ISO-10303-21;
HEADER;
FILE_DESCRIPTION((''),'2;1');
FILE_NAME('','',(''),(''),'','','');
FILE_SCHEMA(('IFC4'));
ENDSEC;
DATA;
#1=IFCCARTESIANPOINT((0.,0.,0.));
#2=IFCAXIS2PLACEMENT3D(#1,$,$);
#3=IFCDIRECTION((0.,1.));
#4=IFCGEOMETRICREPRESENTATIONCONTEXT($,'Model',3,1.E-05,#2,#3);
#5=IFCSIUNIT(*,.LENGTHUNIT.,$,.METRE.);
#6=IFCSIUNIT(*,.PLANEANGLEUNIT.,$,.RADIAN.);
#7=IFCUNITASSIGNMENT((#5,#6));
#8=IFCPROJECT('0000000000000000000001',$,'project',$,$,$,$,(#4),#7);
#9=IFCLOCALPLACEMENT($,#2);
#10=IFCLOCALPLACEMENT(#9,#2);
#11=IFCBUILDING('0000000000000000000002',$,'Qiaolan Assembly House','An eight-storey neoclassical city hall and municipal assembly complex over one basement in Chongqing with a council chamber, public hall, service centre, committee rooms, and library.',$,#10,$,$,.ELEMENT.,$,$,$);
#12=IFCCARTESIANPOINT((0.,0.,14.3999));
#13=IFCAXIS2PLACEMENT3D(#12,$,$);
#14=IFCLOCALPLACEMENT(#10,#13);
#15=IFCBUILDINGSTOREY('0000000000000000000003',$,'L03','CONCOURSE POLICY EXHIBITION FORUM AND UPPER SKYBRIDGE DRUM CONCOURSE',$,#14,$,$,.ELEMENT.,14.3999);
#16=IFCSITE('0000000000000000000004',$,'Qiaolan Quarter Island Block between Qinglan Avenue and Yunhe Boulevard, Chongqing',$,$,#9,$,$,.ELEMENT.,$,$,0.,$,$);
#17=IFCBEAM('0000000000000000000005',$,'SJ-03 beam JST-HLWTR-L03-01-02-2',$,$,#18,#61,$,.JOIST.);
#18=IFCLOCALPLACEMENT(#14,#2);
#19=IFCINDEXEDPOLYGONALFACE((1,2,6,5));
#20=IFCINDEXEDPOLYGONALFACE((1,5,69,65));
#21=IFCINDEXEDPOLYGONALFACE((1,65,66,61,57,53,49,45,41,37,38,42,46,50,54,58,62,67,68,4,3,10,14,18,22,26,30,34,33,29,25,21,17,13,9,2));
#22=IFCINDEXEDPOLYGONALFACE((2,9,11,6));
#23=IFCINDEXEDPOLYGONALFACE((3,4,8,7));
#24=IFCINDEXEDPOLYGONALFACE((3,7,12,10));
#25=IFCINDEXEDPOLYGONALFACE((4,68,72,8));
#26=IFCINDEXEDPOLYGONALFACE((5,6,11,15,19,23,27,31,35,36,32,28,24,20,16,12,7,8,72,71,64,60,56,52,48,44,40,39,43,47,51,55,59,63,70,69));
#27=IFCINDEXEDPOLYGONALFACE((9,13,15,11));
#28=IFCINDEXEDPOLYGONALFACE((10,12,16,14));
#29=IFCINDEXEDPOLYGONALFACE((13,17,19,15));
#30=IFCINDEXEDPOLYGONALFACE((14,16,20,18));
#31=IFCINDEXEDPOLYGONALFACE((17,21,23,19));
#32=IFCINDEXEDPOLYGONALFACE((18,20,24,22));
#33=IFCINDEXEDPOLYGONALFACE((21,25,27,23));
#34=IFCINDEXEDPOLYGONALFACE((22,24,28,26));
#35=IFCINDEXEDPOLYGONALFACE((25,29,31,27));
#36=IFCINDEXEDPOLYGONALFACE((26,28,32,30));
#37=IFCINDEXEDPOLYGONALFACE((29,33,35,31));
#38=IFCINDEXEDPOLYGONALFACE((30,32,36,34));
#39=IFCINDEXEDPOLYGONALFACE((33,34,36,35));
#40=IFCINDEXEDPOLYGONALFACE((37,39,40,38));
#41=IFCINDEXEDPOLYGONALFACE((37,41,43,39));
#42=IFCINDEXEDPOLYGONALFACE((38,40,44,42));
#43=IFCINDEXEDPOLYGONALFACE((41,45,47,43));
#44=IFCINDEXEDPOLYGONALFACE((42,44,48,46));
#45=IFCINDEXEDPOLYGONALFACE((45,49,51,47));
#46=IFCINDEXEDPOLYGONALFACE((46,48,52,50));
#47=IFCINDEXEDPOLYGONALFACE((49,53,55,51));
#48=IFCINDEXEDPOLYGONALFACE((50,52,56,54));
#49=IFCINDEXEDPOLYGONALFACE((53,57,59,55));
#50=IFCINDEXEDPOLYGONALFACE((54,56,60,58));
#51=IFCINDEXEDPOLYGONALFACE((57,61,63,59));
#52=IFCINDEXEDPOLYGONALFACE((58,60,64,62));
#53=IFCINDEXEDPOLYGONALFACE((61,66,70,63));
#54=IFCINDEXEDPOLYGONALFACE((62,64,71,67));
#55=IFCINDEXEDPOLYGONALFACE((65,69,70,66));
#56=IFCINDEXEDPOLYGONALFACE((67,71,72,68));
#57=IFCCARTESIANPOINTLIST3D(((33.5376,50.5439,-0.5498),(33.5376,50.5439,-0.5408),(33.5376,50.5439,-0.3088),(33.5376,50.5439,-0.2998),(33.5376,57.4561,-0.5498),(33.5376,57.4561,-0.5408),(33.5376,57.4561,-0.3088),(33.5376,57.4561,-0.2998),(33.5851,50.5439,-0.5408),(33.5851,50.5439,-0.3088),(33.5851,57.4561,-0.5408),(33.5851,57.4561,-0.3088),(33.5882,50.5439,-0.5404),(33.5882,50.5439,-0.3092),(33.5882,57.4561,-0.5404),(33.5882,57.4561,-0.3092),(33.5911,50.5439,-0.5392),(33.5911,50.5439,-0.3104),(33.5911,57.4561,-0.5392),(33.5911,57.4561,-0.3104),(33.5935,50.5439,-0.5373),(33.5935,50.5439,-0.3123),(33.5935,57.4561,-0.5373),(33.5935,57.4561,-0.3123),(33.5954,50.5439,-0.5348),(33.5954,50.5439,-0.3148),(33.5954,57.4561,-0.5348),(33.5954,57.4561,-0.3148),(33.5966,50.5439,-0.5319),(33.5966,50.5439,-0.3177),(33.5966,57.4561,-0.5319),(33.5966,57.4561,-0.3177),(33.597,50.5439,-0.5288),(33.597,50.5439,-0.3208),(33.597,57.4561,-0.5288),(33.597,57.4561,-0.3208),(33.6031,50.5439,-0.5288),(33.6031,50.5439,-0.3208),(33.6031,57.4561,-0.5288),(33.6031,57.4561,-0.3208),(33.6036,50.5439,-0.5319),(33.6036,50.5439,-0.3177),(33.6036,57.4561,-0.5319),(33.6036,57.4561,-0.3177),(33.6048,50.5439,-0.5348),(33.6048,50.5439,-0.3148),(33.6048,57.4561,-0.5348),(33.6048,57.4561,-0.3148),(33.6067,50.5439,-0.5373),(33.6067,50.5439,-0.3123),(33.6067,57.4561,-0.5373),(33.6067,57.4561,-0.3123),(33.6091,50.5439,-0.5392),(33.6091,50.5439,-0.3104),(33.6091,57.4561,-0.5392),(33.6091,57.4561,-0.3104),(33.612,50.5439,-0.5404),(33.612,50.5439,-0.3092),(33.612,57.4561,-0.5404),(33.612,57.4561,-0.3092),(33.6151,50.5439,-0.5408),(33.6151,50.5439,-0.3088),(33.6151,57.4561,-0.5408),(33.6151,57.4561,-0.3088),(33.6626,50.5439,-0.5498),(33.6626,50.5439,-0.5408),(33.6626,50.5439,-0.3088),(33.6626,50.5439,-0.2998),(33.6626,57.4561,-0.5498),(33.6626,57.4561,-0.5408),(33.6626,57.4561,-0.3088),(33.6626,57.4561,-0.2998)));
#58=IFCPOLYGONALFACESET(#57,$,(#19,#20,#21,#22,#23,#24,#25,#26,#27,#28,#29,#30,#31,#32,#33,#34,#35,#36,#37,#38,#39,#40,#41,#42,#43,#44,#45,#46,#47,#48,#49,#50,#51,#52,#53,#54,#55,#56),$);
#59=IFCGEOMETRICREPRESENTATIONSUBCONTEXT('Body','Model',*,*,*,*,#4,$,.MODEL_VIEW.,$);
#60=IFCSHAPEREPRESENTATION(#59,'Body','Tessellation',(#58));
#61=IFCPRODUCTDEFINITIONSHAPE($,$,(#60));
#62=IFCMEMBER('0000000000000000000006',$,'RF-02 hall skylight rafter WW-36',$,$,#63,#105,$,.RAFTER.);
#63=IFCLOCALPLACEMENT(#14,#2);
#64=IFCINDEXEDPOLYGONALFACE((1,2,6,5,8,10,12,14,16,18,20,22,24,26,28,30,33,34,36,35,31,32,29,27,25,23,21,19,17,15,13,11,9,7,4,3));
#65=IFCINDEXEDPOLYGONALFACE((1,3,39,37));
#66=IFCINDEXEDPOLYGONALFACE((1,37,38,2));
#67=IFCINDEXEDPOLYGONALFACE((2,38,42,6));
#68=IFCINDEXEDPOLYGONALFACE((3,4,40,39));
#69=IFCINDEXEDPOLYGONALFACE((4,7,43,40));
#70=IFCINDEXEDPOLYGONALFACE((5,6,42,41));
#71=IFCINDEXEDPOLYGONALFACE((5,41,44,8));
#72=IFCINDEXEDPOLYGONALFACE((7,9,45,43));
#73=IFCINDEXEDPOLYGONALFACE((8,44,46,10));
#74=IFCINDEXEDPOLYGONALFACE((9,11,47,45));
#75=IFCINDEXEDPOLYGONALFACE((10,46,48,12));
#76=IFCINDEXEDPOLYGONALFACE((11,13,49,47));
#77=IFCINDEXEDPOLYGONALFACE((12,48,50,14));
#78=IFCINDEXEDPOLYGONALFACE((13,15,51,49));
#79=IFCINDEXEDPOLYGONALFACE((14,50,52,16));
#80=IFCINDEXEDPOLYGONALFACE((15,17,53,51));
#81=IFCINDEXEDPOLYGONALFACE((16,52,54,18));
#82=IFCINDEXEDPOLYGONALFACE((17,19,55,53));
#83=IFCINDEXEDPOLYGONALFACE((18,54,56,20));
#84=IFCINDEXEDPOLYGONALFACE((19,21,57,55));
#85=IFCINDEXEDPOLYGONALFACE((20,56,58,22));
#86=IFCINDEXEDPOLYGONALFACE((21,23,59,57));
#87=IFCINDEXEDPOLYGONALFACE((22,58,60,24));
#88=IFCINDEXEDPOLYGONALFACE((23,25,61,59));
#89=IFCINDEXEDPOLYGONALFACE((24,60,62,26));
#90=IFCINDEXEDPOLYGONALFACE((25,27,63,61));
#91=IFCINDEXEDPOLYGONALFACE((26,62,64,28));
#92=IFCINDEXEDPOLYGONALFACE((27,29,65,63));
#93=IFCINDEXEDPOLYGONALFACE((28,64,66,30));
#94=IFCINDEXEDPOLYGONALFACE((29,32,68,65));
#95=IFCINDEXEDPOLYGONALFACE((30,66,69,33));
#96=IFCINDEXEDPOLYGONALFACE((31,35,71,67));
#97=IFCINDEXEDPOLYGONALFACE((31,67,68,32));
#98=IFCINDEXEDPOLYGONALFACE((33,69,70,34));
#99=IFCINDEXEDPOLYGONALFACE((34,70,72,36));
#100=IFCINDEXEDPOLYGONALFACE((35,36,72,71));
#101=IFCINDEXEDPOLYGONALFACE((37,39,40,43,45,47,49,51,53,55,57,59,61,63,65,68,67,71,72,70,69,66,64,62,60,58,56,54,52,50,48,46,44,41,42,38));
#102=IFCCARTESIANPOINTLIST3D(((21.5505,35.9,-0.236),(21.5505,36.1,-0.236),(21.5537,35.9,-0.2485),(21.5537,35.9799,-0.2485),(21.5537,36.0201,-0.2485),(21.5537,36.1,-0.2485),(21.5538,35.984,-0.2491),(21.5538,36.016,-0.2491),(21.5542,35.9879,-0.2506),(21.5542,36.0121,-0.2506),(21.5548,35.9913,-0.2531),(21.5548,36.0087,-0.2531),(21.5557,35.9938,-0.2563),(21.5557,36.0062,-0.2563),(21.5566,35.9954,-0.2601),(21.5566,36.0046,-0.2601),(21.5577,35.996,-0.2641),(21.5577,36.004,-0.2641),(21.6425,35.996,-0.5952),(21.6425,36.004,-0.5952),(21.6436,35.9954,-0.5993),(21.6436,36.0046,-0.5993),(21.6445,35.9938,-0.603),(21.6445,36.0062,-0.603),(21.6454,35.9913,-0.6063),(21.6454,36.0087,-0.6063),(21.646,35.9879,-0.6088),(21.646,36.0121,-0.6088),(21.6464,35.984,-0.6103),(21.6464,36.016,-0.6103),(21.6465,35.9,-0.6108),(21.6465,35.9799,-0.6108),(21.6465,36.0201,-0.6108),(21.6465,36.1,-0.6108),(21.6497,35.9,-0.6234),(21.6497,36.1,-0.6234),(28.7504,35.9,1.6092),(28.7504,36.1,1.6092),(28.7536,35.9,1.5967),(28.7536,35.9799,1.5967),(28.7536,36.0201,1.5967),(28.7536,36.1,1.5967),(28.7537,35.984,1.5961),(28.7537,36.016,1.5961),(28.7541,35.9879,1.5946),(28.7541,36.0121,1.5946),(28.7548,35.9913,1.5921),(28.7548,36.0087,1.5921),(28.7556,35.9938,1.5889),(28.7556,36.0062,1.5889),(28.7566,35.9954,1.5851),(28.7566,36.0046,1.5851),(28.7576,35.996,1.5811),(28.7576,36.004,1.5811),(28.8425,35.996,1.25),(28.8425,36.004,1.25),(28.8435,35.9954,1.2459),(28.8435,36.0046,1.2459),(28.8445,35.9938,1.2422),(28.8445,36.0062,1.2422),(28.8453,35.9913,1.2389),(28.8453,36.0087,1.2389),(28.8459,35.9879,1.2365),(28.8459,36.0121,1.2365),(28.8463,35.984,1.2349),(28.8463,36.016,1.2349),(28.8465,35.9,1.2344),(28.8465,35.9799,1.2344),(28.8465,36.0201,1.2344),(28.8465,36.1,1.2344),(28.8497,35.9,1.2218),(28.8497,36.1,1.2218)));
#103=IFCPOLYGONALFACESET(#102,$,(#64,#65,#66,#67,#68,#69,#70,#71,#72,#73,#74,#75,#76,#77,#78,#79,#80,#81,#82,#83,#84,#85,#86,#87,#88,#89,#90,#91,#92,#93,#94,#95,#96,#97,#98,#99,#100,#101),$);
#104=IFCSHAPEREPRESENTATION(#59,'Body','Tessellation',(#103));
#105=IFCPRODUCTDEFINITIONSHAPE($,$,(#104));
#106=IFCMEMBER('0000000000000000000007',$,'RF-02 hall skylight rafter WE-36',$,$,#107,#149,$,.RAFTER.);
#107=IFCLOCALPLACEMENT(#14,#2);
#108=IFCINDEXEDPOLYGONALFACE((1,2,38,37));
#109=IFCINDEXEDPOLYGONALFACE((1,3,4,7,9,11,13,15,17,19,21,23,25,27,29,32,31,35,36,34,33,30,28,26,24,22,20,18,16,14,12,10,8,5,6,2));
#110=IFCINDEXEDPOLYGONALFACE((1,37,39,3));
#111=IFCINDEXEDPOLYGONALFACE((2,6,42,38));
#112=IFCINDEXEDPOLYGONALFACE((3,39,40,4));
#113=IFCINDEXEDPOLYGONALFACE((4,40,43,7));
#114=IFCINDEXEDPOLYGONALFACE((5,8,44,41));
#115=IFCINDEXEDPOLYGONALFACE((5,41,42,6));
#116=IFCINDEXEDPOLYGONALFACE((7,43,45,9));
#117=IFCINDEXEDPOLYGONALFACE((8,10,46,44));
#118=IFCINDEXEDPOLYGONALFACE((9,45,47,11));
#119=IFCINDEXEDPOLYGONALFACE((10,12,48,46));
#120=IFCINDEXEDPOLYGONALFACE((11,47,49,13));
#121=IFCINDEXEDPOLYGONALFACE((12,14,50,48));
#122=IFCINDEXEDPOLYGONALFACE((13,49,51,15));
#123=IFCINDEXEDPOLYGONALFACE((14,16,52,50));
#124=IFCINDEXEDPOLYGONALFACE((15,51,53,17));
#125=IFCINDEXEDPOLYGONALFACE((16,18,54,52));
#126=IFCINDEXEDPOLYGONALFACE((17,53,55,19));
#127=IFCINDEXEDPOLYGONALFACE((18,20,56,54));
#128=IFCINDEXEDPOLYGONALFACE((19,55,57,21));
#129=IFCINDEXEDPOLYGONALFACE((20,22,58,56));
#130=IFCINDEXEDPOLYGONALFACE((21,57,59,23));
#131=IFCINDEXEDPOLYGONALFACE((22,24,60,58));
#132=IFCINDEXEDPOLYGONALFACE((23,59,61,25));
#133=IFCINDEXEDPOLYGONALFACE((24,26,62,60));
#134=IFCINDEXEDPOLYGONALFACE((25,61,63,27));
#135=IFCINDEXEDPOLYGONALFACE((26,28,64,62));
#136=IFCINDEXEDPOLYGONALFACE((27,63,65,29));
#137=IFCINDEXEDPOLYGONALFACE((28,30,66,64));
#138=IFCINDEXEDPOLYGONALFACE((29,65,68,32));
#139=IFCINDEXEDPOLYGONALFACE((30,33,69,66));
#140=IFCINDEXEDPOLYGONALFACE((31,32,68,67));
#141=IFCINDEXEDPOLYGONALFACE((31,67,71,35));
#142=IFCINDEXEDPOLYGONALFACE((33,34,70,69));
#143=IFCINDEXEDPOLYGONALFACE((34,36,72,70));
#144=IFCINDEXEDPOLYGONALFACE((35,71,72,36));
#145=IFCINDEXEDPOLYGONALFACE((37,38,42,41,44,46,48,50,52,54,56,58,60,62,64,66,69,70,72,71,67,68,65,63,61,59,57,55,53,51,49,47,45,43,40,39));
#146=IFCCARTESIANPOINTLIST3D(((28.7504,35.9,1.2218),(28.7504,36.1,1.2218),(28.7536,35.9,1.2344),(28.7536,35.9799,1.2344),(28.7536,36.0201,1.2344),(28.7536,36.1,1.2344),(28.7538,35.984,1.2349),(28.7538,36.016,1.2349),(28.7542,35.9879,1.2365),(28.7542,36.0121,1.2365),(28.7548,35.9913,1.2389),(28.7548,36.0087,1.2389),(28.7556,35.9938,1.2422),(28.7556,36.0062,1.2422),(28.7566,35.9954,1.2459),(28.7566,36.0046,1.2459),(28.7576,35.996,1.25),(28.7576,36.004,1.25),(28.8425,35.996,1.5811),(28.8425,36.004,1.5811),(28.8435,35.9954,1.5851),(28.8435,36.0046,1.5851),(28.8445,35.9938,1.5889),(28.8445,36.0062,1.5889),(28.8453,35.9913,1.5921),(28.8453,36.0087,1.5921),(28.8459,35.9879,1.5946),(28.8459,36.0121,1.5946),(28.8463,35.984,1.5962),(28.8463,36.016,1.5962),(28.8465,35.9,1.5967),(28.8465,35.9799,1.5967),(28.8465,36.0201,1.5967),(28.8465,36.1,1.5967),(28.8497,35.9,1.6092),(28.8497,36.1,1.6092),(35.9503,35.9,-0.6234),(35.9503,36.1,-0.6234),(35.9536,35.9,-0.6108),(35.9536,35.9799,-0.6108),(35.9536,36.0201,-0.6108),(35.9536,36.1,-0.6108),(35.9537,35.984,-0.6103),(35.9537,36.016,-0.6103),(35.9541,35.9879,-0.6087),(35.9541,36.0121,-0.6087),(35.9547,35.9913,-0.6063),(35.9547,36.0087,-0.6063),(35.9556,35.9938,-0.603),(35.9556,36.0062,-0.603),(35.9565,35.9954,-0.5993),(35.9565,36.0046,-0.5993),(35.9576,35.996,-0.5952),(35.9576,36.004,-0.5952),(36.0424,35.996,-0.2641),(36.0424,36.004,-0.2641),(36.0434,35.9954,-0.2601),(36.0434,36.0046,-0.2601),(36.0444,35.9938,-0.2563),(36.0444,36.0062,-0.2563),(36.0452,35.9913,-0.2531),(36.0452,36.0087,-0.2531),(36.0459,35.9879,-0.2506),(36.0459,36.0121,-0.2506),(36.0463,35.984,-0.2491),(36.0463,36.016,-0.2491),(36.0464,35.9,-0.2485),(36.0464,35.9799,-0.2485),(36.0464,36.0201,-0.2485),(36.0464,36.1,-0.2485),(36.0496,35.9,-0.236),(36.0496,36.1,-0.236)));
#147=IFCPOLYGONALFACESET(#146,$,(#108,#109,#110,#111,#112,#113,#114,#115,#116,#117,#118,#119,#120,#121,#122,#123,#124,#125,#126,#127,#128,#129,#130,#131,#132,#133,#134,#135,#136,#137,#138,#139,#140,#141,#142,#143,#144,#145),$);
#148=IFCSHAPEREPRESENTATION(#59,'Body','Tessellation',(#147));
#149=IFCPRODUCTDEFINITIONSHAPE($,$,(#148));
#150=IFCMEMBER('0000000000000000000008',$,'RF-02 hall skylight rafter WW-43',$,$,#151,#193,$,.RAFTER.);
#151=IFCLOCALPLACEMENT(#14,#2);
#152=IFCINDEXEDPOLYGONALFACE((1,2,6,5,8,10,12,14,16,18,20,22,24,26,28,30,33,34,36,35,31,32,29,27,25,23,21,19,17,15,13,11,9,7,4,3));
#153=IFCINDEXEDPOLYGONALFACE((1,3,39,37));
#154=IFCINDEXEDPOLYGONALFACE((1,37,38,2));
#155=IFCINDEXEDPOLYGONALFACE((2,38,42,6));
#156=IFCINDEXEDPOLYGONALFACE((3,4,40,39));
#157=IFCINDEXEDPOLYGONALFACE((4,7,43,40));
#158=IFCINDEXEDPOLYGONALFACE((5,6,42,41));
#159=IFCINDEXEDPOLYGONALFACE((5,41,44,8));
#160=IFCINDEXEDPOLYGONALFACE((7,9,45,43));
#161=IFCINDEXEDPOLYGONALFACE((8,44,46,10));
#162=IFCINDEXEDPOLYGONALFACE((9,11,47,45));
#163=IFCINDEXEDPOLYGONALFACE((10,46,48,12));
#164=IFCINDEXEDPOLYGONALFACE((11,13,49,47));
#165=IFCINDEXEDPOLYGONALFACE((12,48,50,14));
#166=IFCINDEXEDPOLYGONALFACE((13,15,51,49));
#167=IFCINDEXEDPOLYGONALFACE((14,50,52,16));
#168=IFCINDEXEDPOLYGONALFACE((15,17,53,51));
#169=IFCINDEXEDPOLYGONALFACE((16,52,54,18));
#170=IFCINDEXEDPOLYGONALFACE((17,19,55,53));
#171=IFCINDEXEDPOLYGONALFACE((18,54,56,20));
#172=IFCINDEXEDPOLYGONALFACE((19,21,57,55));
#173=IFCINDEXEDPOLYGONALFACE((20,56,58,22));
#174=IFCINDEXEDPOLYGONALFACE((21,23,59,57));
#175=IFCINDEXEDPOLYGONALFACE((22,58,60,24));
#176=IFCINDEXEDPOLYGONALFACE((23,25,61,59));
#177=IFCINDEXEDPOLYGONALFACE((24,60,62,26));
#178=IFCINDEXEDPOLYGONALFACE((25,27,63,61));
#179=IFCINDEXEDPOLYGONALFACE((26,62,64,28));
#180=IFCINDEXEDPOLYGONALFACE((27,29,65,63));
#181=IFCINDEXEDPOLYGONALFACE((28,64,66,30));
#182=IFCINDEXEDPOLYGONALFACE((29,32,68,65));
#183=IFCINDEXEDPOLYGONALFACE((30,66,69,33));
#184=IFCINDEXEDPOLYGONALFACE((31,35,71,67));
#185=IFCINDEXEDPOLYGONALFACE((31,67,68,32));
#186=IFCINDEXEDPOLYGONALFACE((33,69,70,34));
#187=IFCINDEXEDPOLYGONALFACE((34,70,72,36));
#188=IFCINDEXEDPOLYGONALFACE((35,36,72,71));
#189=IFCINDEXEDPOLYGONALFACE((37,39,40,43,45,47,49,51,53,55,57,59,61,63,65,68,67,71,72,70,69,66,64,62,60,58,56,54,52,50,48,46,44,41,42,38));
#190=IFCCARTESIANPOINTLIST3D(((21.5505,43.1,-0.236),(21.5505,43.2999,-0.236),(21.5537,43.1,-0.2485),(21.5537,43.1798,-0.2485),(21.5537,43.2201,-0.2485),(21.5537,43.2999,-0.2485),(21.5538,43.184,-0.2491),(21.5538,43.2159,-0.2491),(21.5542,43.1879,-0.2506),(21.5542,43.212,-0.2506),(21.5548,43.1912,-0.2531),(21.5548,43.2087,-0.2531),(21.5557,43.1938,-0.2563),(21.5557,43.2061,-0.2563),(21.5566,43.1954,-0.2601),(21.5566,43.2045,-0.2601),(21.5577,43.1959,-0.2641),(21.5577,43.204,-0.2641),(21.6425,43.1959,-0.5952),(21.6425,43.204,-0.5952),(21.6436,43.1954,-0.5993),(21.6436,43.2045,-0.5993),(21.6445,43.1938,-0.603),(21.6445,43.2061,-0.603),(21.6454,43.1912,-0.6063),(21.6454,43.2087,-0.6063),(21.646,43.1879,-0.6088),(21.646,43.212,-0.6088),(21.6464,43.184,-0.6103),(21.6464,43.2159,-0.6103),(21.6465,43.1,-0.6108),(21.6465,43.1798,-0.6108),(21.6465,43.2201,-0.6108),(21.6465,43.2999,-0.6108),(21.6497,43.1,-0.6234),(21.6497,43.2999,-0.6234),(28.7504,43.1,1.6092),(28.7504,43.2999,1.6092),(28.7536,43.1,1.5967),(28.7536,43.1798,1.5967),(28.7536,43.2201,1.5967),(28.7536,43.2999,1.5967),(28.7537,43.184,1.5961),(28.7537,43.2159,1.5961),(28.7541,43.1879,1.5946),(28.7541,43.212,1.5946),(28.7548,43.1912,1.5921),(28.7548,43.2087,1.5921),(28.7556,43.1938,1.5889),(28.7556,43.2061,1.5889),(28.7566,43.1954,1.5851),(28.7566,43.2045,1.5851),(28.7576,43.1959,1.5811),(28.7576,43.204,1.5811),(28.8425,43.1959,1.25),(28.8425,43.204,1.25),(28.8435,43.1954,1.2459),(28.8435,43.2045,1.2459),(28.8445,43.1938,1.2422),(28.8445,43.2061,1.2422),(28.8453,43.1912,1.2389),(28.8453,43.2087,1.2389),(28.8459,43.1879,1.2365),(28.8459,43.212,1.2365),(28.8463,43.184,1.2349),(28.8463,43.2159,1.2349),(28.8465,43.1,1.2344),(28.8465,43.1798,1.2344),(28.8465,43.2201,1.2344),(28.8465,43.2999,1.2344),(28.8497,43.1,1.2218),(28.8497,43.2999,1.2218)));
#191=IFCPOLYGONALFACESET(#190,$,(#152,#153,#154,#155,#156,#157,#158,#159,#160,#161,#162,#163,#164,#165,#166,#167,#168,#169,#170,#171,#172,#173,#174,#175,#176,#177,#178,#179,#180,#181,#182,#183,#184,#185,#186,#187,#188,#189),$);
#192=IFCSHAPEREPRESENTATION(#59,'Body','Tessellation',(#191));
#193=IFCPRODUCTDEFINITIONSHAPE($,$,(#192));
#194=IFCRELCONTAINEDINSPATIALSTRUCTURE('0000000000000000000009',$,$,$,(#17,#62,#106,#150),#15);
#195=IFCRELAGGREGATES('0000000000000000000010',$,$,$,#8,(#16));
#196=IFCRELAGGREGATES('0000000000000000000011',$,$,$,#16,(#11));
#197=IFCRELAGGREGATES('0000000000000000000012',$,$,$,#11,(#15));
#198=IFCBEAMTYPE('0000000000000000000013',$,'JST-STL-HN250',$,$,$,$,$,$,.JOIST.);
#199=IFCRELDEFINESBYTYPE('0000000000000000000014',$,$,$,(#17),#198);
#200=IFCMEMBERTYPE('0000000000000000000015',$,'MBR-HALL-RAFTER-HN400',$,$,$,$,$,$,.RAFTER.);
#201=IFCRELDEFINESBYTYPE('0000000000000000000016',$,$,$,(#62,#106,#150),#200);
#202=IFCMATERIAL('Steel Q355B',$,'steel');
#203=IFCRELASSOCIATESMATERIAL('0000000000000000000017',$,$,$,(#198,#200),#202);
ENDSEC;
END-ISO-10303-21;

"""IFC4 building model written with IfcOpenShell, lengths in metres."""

from ifc_helpers import new_model, si_unit, direction, frame, origin, origin_2d, place, context, subcontext, project, spatial, i_section, extrude, material, material_profile, profile_set, type_object, element, save


model = new_model("IFC4")

# Units and contexts
model_context = context("Model", 3, precision=1e-05, world=origin(), true_north=direction((0.0, 1.0)))
body_context = subcontext(model_context, "Body", "Model", "MODEL_VIEW")
ifc_project = project(units=[si_unit("LENGTHUNIT", "METRE"), si_unit("PLANEANGLEUNIT", "RADIAN")], contexts=[model_context])

# Site, building, storey
site_placement = place(None, origin())
site = spatial("IfcSite", under=ifc_project, at=site_placement, Name="Qiaolan Quarter Island Block between Qinglan Avenue and Yunhe Boulevard, Chongqing", CompositionType="ELEMENT", RefElevation=0.0)
building_placement = place(site_placement, origin())
building = spatial("IfcBuilding", under=site, at=building_placement, Name="Qiaolan Assembly House", Description="An eight-storey neoclassical city hall and municipal assembly complex over one basement in Chongqing with a council chamber, public hall, service centre, committee rooms, and library.", CompositionType="ELEMENT")
storey_placement = place(building_placement, frame((0.0, 0.0, 14.3999)))
storey = spatial("IfcBuildingStorey", under=building, at=storey_placement, Name="L03", Description="CONCOURSE POLICY EXHIBITION FORUM AND UPPER SKYBRIDGE DRUM CONCOURSE", CompositionType="ELEMENT", Elevation=14.3999)

# Shared definitions
ifc_material_1 = material(Name="Steel Q355B", Category="steel")

# Beam
ifc_material_profile_1 = material_profile(ifc_material_1, i_section(OverallWidth=0.125, OverallDepth=0.25, WebThickness=0.0061, FlangeThickness=0.009, FilletRadius=0.012, at=origin_2d()), Name="HN 250x125x6x9")
ifc_profile_set_1 = profile_set([ifc_material_profile_1], Name="Steel Q355B")
beam_type_1 = type_object("IfcBeamType", Name="JST-STL-HN250", PredefinedType="JOIST", material=ifc_profile_set_1)
for number, where, z_axis, x_axis, name in (
    (1, (33.6001, 50.5439, -0.4248), (0.0, 1.0, 0.0), (-1.0, 0.0, 0.0), "SJ-03 beam JST-HLWTR-L03-01-02-2"),
):
    element("IfcBeam", number, at=place(storey_placement, frame(where, z_axis=z_axis, x_axis=x_axis)), inside=storey, type_object=beam_type_1, Name=name, PredefinedType="JOIST", context=body_context, shape_type="SweptSolid", body=[
        extrude(i_section(OverallWidth=0.125, OverallDepth=0.25, WebThickness=0.0061, FlangeThickness=0.009, FilletRadius=0.012, at=origin_2d()), origin(), (0.0, 0.0, 1.0), 6.9121),
    ])

# Members
ifc_material_profile_2 = material_profile(ifc_material_1, i_section(OverallWidth=0.2, OverallDepth=0.3999, WebThickness=0.0081, FlangeThickness=0.0129, FilletRadius=0.0161, at=origin_2d()), Name="HN 400x200x8x13-RF")
ifc_profile_set_2 = profile_set([ifc_material_profile_2], Name="Steel Q355B")
member_type = type_object("IfcMemberType", Name="MBR-HALL-RAFTER-HN400", PredefinedType="RAFTER", material=ifc_profile_set_2)
for number, where, z_axis, x_axis, name in (
    (2, (21.6001, 36.0, -0.4297), (0.968694, 0.0, 0.248258), (0.0, 1.0, 0.0), "RF-02 hall skylight rafter WW-36"),
    (3, (28.8, 36.0, 1.4155), (0.968694, 0.0, -0.248258), (0.0, 1.0, 0.0), "RF-02 hall skylight rafter WE-36"),
    (4, (21.6001, 43.2, -0.4297), (0.968694, 0.0, 0.248258), (0.0, 1.0, 0.0), "RF-02 hall skylight rafter WW-43"),
):
    element("IfcMember", number, at=place(storey_placement, frame(where, z_axis=z_axis, x_axis=x_axis)), inside=storey, type_object=member_type, Name=name, PredefinedType="RAFTER", context=body_context, shape_type="SweptSolid", body=[
        extrude(i_section(OverallWidth=0.2, OverallDepth=0.3999, WebThickness=0.0081, FlangeThickness=0.0129, FilletRadius=0.0161, at=origin_2d()), origin(), (0.0, 0.0, 1.0), 7.4326),
    ])

save(model, "model.ifc")
